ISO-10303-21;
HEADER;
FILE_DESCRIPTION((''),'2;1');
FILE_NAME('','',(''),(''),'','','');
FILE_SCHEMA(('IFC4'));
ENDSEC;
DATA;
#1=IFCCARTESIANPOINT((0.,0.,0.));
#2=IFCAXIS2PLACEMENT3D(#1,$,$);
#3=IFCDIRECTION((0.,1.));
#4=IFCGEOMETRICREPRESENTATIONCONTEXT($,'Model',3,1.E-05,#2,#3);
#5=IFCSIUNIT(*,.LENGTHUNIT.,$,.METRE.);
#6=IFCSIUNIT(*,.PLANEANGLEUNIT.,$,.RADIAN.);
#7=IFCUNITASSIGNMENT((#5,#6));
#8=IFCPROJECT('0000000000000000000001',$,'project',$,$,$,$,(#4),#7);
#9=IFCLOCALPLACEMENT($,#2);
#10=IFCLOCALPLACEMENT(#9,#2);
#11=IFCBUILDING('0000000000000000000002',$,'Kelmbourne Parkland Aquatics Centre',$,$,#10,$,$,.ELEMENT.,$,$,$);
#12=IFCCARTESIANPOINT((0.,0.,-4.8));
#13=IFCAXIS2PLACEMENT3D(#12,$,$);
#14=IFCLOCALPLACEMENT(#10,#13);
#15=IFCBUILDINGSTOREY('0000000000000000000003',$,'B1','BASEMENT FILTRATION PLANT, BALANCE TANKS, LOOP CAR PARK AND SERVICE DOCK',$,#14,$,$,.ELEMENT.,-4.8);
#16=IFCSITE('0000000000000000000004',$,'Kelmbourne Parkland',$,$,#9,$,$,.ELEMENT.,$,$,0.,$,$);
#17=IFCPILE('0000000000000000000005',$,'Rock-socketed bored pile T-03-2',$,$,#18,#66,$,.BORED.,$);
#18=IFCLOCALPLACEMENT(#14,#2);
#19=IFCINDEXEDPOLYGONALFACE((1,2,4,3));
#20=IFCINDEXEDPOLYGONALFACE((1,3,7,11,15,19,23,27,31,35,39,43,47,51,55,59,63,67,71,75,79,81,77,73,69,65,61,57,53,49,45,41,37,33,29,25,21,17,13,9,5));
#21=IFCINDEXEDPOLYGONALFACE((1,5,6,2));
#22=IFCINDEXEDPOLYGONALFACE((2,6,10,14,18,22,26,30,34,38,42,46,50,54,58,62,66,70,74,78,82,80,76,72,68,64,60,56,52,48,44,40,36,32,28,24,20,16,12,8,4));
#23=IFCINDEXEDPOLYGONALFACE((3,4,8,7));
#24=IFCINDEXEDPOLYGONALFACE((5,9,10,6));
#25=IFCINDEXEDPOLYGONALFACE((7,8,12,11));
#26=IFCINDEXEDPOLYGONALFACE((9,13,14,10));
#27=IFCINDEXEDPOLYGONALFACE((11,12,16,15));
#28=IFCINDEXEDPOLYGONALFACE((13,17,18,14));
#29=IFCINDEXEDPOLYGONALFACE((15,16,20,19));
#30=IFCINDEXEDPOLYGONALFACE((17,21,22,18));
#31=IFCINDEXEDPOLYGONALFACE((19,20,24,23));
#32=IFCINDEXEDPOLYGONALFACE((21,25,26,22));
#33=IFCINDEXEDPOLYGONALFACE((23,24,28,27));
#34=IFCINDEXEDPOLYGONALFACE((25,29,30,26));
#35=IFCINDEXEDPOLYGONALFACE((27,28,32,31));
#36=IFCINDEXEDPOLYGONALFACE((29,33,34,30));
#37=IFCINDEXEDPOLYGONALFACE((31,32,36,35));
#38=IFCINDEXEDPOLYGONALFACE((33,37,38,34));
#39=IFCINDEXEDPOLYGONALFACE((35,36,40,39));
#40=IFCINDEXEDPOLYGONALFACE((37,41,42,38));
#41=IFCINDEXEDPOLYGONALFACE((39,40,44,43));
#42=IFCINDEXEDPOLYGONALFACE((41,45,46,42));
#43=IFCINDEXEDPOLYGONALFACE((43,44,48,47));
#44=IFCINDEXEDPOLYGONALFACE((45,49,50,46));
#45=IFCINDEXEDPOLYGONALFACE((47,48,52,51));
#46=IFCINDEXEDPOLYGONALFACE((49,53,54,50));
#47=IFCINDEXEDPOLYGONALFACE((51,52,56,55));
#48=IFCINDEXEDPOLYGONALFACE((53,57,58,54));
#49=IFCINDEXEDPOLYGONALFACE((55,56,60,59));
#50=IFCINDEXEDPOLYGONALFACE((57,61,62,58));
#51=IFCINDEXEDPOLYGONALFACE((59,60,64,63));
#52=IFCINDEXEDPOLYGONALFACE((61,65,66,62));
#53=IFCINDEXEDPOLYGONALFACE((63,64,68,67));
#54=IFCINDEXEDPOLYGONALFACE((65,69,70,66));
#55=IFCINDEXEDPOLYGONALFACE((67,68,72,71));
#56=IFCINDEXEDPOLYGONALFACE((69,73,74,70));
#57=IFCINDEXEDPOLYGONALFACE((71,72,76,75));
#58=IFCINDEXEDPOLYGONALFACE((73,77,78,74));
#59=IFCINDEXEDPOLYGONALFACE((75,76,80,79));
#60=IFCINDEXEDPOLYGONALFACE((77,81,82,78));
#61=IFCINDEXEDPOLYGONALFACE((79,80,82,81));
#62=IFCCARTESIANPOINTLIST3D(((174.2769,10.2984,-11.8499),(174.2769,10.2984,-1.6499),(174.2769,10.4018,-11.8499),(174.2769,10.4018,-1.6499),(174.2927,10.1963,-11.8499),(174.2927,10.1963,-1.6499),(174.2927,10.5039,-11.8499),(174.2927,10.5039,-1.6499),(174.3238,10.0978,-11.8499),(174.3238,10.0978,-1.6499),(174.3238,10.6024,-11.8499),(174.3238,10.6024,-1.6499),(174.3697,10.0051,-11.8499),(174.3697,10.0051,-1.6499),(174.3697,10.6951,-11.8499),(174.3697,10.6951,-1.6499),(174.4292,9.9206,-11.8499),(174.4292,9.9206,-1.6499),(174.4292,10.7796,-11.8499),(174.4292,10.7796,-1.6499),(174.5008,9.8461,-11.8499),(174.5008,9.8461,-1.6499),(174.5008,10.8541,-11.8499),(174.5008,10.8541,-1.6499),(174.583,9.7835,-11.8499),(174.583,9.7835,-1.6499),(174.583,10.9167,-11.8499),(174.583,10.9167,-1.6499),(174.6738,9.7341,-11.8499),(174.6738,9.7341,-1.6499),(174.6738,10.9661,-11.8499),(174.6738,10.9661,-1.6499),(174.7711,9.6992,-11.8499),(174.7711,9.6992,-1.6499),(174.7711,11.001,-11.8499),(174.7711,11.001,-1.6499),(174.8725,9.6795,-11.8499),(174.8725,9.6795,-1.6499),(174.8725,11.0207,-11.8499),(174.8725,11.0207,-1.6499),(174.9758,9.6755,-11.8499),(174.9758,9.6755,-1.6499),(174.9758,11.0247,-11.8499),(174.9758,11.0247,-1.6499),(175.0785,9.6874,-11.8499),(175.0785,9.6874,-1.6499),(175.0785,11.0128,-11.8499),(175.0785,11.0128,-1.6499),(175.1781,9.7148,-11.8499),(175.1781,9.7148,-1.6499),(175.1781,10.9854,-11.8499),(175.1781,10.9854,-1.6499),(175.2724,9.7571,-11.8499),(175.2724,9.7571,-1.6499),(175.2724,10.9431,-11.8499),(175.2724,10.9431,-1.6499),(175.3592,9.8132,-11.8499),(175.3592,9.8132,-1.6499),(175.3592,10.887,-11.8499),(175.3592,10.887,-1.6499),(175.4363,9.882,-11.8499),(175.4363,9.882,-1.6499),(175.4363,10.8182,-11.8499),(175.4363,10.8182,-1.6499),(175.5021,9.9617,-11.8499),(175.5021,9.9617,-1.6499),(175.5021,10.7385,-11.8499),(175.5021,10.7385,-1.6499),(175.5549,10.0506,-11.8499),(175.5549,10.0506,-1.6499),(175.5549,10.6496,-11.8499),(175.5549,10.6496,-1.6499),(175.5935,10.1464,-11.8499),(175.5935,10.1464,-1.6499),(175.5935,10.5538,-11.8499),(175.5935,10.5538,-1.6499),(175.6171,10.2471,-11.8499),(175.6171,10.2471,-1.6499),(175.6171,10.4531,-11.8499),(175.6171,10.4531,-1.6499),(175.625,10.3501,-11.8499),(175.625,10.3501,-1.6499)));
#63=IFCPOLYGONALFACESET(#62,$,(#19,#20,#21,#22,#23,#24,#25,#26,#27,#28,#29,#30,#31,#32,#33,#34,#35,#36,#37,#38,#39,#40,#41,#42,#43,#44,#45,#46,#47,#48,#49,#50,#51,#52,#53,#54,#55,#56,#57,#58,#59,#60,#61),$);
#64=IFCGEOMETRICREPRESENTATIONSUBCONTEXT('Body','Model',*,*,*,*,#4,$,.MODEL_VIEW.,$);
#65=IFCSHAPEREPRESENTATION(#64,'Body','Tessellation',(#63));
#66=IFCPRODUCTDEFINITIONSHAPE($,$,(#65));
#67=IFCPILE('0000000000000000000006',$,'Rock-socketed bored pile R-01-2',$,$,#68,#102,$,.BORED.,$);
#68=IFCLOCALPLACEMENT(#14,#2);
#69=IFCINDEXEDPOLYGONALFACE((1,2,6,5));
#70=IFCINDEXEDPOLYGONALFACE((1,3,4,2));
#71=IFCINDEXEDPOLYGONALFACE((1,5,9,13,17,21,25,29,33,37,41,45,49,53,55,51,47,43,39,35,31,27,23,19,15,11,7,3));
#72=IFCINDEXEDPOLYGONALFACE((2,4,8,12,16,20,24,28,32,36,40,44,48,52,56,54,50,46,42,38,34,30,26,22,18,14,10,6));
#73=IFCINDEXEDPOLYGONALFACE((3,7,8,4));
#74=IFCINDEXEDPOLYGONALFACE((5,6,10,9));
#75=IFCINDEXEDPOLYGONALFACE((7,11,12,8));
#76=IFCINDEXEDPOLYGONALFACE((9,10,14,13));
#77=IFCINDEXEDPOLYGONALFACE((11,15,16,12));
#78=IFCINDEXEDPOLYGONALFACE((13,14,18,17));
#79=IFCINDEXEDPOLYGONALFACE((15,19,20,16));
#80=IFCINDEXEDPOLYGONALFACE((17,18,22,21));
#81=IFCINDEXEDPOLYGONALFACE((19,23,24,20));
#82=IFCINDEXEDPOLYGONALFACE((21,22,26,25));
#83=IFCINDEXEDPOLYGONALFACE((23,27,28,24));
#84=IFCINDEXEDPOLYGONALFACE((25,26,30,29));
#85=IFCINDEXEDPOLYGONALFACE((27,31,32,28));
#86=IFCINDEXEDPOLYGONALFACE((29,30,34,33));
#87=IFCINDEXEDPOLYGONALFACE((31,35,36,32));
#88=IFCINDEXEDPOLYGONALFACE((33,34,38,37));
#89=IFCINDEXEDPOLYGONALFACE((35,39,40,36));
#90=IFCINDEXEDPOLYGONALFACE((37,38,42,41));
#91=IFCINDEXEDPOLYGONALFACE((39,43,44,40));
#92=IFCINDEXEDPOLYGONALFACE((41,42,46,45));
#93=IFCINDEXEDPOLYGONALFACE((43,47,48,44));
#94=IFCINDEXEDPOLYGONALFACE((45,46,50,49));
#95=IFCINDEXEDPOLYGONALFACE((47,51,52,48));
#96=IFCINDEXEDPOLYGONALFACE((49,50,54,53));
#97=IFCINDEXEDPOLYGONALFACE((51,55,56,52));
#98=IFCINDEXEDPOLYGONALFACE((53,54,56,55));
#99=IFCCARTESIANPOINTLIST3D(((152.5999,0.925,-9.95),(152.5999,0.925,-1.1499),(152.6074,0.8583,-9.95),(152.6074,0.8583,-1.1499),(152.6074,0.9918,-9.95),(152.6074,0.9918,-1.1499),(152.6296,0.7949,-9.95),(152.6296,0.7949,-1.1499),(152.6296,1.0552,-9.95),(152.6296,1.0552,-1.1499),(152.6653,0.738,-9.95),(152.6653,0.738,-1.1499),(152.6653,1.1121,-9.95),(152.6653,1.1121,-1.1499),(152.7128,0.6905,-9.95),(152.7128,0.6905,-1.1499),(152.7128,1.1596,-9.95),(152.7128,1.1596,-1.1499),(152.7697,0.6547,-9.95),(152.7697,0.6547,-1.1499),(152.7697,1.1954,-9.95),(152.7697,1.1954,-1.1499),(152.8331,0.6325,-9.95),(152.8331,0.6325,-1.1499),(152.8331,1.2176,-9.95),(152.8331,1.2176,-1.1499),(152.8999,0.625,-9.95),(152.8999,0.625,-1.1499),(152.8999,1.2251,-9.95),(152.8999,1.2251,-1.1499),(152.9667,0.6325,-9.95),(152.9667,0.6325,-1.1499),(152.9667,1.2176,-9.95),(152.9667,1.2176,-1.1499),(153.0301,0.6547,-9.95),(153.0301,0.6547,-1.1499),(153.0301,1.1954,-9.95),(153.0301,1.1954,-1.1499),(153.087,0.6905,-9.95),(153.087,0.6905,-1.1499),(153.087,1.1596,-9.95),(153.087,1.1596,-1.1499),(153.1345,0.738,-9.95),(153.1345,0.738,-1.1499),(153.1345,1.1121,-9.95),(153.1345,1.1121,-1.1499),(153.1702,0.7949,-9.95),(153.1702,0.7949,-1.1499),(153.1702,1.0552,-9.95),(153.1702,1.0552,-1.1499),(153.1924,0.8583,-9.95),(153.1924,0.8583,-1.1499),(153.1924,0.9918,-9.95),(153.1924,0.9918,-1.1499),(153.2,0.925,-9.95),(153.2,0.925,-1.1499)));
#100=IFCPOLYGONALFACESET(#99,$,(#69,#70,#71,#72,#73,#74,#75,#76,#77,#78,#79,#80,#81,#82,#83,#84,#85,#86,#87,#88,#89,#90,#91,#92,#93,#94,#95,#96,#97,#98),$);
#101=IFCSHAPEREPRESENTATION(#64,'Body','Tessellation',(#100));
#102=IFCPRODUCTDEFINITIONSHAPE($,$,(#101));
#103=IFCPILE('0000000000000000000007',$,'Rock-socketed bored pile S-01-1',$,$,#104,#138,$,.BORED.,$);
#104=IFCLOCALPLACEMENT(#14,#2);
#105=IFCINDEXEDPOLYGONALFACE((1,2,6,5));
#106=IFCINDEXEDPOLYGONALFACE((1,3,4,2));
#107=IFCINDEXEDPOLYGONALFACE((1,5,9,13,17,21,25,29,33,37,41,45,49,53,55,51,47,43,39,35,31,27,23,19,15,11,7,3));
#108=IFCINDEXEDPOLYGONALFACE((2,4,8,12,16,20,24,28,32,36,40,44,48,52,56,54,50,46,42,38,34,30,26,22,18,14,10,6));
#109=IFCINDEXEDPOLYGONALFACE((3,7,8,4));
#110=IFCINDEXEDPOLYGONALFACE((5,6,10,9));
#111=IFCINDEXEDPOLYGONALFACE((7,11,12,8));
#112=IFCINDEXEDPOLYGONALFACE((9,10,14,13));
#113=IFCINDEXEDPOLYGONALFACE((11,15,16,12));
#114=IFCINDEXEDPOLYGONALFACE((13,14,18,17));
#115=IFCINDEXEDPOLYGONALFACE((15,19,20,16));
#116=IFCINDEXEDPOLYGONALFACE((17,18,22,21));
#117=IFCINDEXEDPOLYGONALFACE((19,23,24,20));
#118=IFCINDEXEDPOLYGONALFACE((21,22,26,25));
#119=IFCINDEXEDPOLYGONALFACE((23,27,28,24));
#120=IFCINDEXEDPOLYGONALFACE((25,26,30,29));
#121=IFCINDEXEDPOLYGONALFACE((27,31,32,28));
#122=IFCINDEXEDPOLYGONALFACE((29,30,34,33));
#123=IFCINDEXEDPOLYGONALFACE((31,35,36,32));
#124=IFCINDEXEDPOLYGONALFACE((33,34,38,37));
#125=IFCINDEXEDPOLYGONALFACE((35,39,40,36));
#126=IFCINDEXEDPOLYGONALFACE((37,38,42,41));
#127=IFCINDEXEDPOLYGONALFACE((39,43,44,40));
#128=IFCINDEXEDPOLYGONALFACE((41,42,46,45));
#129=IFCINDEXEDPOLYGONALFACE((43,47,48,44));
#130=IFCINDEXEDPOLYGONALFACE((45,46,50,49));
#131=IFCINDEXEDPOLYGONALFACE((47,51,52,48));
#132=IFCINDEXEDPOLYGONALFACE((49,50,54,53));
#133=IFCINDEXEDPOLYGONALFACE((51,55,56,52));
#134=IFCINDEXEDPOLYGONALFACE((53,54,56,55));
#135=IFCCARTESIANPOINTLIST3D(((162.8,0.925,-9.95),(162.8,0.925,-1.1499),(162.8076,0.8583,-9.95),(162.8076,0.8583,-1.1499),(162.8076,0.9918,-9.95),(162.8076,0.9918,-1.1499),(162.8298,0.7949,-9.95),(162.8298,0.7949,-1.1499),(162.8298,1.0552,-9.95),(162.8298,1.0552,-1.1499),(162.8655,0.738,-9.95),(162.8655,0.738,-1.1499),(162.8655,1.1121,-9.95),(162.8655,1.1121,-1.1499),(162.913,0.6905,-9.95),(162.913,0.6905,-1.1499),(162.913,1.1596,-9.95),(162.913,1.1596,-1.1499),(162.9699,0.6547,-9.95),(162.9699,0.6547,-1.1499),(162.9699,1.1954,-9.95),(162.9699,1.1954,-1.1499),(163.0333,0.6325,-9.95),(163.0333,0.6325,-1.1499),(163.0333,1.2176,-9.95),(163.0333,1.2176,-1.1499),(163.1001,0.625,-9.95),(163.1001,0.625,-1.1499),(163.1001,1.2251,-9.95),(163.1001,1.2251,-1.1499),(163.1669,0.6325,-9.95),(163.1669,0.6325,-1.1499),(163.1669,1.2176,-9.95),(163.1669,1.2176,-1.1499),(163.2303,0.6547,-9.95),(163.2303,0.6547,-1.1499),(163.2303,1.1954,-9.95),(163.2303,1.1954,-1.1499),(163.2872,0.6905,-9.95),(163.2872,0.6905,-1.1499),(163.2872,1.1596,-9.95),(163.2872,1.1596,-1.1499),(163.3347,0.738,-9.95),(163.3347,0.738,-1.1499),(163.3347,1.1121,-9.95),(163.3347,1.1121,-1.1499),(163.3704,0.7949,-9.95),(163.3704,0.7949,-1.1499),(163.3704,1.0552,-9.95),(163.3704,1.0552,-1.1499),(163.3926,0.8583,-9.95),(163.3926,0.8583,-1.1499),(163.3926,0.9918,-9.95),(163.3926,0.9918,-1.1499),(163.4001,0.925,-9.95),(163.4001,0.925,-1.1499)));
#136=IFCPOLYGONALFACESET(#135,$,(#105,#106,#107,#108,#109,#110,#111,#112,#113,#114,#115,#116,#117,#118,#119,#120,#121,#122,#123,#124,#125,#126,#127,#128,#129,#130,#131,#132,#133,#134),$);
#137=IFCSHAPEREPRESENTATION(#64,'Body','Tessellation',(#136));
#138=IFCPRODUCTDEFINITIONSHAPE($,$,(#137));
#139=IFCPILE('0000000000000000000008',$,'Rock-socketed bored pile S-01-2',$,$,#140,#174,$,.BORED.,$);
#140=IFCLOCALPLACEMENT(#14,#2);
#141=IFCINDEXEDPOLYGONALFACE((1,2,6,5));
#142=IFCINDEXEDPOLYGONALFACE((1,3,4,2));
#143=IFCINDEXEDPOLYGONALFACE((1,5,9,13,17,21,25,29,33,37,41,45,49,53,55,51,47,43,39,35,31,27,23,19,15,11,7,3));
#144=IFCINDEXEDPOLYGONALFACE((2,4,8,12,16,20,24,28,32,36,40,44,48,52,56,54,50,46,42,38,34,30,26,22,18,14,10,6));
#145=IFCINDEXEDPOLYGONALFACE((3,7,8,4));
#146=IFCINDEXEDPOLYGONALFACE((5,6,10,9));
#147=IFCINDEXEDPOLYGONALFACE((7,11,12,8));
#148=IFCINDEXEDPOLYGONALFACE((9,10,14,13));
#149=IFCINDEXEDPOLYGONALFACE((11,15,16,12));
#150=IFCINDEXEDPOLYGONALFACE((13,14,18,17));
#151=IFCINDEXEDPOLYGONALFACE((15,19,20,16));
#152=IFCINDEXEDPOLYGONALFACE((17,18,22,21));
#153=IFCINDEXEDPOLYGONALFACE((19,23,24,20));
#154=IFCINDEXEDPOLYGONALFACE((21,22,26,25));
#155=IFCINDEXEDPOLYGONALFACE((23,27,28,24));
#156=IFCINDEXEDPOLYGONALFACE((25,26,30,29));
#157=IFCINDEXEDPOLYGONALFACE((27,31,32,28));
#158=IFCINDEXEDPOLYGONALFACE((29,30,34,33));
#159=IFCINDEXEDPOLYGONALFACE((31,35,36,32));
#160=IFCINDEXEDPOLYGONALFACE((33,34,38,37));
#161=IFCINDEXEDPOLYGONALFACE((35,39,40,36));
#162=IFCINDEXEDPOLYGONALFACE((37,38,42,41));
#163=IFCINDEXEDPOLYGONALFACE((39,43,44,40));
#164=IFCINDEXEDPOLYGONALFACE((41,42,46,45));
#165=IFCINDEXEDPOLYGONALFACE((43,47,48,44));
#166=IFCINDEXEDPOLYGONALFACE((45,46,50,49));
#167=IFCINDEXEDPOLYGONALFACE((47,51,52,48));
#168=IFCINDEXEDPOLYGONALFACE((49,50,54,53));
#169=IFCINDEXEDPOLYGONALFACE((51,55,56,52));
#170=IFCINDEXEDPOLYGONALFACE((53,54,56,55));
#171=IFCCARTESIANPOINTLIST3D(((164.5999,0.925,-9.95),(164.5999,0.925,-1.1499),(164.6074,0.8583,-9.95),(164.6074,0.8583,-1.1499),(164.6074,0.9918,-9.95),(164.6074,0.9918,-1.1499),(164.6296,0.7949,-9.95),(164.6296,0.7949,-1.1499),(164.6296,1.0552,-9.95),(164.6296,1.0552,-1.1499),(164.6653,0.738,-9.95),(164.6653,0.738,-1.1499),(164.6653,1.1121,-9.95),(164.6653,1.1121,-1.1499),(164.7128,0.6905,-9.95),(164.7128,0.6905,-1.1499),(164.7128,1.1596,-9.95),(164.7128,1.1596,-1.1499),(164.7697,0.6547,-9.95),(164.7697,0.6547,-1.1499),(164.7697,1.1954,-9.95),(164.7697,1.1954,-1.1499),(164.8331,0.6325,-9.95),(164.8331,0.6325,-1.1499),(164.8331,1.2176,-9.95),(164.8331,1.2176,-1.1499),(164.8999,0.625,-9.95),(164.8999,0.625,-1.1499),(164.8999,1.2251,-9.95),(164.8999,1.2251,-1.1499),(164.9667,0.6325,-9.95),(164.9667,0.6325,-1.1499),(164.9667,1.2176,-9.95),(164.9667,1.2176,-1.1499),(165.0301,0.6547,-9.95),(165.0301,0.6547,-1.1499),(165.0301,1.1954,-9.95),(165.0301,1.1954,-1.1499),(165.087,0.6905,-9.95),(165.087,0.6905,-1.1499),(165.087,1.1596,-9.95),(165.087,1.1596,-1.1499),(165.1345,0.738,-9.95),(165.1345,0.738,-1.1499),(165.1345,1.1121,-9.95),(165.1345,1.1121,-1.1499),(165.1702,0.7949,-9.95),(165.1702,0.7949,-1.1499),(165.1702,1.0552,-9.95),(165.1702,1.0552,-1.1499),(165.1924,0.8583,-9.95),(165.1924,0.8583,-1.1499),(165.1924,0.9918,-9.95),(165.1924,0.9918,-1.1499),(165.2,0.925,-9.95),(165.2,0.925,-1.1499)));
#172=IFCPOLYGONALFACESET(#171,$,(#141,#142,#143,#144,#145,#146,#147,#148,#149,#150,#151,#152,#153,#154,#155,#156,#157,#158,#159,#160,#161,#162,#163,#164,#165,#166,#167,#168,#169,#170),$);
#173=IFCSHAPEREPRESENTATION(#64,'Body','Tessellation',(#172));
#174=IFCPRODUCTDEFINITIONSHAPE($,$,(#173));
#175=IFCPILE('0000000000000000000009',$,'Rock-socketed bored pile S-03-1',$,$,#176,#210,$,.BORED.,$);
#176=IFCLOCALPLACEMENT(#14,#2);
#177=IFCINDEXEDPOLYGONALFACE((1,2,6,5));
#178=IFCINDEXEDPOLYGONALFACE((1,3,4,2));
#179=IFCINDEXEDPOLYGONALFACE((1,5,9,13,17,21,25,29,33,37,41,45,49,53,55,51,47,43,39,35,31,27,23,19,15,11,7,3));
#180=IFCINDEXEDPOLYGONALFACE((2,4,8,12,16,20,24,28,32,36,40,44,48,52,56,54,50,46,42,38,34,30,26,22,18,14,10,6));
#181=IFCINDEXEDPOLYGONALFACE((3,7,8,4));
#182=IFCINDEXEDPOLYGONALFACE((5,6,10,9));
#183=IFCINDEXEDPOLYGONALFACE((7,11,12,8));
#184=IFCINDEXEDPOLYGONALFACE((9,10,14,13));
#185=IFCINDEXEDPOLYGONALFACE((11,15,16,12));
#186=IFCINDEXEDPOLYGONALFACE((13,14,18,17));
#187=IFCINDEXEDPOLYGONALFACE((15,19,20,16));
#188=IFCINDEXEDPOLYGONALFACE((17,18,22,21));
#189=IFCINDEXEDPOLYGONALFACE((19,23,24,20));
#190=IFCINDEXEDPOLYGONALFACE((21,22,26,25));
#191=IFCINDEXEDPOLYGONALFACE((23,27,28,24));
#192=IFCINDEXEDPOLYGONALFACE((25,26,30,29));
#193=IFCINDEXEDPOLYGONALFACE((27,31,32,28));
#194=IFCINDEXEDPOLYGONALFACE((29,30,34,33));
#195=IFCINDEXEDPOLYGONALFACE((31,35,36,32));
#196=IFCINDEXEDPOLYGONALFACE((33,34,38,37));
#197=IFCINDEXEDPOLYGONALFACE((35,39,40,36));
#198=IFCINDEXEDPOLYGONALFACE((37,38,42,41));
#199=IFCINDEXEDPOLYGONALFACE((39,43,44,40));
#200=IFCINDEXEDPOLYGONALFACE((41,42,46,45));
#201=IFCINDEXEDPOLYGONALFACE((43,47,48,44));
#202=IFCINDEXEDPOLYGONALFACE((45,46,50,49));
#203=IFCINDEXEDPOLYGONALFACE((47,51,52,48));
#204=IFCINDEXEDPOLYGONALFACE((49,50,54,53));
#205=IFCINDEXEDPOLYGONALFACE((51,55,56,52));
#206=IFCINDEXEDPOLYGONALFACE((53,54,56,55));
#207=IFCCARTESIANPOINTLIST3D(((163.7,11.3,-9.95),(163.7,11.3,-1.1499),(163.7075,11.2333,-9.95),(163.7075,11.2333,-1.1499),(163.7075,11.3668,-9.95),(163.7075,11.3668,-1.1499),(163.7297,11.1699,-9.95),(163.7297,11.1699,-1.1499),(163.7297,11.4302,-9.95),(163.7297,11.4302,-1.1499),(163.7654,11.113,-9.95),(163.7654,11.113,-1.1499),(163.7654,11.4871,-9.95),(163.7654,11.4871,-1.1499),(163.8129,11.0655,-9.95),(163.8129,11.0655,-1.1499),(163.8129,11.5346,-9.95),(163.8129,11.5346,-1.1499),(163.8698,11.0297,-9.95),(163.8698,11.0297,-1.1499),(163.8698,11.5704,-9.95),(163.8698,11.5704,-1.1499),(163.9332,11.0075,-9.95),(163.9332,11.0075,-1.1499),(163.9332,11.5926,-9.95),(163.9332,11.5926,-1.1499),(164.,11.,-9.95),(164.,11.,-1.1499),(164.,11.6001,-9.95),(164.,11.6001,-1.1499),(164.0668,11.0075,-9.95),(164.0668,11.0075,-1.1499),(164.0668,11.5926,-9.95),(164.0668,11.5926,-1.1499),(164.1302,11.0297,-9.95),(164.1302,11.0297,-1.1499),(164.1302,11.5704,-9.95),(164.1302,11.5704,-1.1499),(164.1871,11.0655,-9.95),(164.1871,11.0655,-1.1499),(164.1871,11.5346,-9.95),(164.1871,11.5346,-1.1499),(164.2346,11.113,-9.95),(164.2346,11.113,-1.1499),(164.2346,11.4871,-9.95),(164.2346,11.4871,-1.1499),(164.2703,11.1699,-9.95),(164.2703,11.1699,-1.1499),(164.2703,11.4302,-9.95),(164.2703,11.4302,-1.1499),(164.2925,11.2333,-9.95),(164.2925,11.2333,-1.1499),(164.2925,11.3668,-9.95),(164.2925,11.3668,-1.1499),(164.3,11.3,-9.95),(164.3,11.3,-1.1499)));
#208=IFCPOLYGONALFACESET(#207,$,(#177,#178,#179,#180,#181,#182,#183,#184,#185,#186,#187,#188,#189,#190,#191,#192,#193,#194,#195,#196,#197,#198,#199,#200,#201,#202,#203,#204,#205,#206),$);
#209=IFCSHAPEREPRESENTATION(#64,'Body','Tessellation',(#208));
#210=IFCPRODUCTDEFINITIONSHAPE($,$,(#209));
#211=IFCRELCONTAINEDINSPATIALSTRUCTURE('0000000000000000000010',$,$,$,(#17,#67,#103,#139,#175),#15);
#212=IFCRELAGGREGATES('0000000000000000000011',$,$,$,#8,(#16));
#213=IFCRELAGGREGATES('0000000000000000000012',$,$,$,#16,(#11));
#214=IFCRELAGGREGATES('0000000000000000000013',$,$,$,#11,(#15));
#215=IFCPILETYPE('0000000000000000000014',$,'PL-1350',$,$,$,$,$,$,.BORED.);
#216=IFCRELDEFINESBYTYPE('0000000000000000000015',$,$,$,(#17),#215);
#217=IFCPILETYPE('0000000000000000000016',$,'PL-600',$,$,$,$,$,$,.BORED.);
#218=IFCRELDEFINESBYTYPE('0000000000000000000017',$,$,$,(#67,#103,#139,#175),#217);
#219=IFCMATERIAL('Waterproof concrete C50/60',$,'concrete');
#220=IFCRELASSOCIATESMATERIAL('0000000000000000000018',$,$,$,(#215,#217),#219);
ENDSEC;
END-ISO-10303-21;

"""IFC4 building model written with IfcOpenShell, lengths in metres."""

from ifc_helpers import new_model, si_unit, direction, frame, origin, origin_2d, place, context, subcontext, project, spatial, circle, extrude, material, material_profile, profile_set, type_object, element, save


model = new_model("IFC4")

# Units and contexts
model_context = context("Model", 3, precision=1e-05, world=origin(), true_north=direction((0.0, 1.0)))
body_context = subcontext(model_context, "Body", "Model", "MODEL_VIEW")
ifc_project = project(units=[si_unit("LENGTHUNIT", "METRE"), si_unit("PLANEANGLEUNIT", "RADIAN")], contexts=[model_context])

# Site, building, storey
site_placement = place(None, origin())
site = spatial("IfcSite", under=ifc_project, at=site_placement, Name="Kelmbourne Parkland", CompositionType="ELEMENT", RefElevation=0.0)
building_placement = place(site_placement, origin())
building = spatial("IfcBuilding", under=site, at=building_placement, Name="Kelmbourne Parkland Aquatics Centre", CompositionType="ELEMENT")
storey_placement = place(building_placement, frame((0.0, 0.0, -4.8)))
storey = spatial("IfcBuildingStorey", under=building, at=storey_placement, Name="B1", Description="BASEMENT FILTRATION PLANT, BALANCE TANKS, LOOP CAR PARK AND SERVICE DOCK", CompositionType="ELEMENT", Elevation=-4.8)

# Shared definitions
ifc_material_1 = material(Name="Waterproof concrete C50/60", Category="concrete")

# Piles
ifc_material_profile_1 = material_profile(ifc_material_1, circle(Radius=0.675, at=origin_2d()), Name="PILE D1350")
ifc_profile_set_1 = profile_set([ifc_material_profile_1], Name="Waterproof concrete C50/60")
pile_type_1 = type_object("IfcPileType", Name="PL-1350", PredefinedType="BORED", material=ifc_profile_set_1)
for number, where, z_axis, x_axis, name in (
    (1, (174.95, 10.3501, -1.6499), (0.0, 0.0, -1.0), (1.0, 0.0, 0.0), "Rock-socketed bored pile T-03-2"),
):
    element("IfcPile", number, at=place(storey_placement, frame(where, z_axis=z_axis, x_axis=x_axis)), inside=storey, type_object=pile_type_1, Name=name, PredefinedType="BORED", context=body_context, shape_type="SweptSolid", body=[
        extrude(circle(Radius=0.675, at=origin_2d()), origin(), (0.0, 0.0, 1.0), 10.2),
    ])
ifc_material_profile_2 = material_profile(ifc_material_1, circle(Radius=0.3, at=origin_2d()), Name="PILE D600")
ifc_profile_set_2 = profile_set([ifc_material_profile_2], Name="Waterproof concrete C50/60")
pile_type_2 = type_object("IfcPileType", Name="PL-600", PredefinedType="BORED", material=ifc_profile_set_2)
for number, where, z_axis, x_axis, name in (
    (2, (152.8999, 0.925, -1.1499), (0.0, 0.0, -1.0), (1.0, 0.0, 0.0), "Rock-socketed bored pile R-01-2"),
    (3, (163.1001, 0.925, -1.1499), (0.0, 0.0, -1.0), (1.0, 0.0, 0.0), "Rock-socketed bored pile S-01-1"),
    (4, (164.8999, 0.925, -1.1499), (0.0, 0.0, -1.0), (1.0, 0.0, 0.0), "Rock-socketed bored pile S-01-2"),
    (5, (164.0, 11.3, -1.1499), (0.0, 0.0, -1.0), (1.0, 0.0, 0.0), "Rock-socketed bored pile S-03-1"),
):
    element("IfcPile", number, at=place(storey_placement, frame(where, z_axis=z_axis, x_axis=x_axis)), inside=storey, type_object=pile_type_2, Name=name, PredefinedType="BORED", context=body_context, shape_type="SweptSolid", body=[
        extrude(circle(Radius=0.3, at=origin_2d()), origin(), (0.0, 0.0, 1.0), 8.8),
    ])

save(model, "model.ifc")
